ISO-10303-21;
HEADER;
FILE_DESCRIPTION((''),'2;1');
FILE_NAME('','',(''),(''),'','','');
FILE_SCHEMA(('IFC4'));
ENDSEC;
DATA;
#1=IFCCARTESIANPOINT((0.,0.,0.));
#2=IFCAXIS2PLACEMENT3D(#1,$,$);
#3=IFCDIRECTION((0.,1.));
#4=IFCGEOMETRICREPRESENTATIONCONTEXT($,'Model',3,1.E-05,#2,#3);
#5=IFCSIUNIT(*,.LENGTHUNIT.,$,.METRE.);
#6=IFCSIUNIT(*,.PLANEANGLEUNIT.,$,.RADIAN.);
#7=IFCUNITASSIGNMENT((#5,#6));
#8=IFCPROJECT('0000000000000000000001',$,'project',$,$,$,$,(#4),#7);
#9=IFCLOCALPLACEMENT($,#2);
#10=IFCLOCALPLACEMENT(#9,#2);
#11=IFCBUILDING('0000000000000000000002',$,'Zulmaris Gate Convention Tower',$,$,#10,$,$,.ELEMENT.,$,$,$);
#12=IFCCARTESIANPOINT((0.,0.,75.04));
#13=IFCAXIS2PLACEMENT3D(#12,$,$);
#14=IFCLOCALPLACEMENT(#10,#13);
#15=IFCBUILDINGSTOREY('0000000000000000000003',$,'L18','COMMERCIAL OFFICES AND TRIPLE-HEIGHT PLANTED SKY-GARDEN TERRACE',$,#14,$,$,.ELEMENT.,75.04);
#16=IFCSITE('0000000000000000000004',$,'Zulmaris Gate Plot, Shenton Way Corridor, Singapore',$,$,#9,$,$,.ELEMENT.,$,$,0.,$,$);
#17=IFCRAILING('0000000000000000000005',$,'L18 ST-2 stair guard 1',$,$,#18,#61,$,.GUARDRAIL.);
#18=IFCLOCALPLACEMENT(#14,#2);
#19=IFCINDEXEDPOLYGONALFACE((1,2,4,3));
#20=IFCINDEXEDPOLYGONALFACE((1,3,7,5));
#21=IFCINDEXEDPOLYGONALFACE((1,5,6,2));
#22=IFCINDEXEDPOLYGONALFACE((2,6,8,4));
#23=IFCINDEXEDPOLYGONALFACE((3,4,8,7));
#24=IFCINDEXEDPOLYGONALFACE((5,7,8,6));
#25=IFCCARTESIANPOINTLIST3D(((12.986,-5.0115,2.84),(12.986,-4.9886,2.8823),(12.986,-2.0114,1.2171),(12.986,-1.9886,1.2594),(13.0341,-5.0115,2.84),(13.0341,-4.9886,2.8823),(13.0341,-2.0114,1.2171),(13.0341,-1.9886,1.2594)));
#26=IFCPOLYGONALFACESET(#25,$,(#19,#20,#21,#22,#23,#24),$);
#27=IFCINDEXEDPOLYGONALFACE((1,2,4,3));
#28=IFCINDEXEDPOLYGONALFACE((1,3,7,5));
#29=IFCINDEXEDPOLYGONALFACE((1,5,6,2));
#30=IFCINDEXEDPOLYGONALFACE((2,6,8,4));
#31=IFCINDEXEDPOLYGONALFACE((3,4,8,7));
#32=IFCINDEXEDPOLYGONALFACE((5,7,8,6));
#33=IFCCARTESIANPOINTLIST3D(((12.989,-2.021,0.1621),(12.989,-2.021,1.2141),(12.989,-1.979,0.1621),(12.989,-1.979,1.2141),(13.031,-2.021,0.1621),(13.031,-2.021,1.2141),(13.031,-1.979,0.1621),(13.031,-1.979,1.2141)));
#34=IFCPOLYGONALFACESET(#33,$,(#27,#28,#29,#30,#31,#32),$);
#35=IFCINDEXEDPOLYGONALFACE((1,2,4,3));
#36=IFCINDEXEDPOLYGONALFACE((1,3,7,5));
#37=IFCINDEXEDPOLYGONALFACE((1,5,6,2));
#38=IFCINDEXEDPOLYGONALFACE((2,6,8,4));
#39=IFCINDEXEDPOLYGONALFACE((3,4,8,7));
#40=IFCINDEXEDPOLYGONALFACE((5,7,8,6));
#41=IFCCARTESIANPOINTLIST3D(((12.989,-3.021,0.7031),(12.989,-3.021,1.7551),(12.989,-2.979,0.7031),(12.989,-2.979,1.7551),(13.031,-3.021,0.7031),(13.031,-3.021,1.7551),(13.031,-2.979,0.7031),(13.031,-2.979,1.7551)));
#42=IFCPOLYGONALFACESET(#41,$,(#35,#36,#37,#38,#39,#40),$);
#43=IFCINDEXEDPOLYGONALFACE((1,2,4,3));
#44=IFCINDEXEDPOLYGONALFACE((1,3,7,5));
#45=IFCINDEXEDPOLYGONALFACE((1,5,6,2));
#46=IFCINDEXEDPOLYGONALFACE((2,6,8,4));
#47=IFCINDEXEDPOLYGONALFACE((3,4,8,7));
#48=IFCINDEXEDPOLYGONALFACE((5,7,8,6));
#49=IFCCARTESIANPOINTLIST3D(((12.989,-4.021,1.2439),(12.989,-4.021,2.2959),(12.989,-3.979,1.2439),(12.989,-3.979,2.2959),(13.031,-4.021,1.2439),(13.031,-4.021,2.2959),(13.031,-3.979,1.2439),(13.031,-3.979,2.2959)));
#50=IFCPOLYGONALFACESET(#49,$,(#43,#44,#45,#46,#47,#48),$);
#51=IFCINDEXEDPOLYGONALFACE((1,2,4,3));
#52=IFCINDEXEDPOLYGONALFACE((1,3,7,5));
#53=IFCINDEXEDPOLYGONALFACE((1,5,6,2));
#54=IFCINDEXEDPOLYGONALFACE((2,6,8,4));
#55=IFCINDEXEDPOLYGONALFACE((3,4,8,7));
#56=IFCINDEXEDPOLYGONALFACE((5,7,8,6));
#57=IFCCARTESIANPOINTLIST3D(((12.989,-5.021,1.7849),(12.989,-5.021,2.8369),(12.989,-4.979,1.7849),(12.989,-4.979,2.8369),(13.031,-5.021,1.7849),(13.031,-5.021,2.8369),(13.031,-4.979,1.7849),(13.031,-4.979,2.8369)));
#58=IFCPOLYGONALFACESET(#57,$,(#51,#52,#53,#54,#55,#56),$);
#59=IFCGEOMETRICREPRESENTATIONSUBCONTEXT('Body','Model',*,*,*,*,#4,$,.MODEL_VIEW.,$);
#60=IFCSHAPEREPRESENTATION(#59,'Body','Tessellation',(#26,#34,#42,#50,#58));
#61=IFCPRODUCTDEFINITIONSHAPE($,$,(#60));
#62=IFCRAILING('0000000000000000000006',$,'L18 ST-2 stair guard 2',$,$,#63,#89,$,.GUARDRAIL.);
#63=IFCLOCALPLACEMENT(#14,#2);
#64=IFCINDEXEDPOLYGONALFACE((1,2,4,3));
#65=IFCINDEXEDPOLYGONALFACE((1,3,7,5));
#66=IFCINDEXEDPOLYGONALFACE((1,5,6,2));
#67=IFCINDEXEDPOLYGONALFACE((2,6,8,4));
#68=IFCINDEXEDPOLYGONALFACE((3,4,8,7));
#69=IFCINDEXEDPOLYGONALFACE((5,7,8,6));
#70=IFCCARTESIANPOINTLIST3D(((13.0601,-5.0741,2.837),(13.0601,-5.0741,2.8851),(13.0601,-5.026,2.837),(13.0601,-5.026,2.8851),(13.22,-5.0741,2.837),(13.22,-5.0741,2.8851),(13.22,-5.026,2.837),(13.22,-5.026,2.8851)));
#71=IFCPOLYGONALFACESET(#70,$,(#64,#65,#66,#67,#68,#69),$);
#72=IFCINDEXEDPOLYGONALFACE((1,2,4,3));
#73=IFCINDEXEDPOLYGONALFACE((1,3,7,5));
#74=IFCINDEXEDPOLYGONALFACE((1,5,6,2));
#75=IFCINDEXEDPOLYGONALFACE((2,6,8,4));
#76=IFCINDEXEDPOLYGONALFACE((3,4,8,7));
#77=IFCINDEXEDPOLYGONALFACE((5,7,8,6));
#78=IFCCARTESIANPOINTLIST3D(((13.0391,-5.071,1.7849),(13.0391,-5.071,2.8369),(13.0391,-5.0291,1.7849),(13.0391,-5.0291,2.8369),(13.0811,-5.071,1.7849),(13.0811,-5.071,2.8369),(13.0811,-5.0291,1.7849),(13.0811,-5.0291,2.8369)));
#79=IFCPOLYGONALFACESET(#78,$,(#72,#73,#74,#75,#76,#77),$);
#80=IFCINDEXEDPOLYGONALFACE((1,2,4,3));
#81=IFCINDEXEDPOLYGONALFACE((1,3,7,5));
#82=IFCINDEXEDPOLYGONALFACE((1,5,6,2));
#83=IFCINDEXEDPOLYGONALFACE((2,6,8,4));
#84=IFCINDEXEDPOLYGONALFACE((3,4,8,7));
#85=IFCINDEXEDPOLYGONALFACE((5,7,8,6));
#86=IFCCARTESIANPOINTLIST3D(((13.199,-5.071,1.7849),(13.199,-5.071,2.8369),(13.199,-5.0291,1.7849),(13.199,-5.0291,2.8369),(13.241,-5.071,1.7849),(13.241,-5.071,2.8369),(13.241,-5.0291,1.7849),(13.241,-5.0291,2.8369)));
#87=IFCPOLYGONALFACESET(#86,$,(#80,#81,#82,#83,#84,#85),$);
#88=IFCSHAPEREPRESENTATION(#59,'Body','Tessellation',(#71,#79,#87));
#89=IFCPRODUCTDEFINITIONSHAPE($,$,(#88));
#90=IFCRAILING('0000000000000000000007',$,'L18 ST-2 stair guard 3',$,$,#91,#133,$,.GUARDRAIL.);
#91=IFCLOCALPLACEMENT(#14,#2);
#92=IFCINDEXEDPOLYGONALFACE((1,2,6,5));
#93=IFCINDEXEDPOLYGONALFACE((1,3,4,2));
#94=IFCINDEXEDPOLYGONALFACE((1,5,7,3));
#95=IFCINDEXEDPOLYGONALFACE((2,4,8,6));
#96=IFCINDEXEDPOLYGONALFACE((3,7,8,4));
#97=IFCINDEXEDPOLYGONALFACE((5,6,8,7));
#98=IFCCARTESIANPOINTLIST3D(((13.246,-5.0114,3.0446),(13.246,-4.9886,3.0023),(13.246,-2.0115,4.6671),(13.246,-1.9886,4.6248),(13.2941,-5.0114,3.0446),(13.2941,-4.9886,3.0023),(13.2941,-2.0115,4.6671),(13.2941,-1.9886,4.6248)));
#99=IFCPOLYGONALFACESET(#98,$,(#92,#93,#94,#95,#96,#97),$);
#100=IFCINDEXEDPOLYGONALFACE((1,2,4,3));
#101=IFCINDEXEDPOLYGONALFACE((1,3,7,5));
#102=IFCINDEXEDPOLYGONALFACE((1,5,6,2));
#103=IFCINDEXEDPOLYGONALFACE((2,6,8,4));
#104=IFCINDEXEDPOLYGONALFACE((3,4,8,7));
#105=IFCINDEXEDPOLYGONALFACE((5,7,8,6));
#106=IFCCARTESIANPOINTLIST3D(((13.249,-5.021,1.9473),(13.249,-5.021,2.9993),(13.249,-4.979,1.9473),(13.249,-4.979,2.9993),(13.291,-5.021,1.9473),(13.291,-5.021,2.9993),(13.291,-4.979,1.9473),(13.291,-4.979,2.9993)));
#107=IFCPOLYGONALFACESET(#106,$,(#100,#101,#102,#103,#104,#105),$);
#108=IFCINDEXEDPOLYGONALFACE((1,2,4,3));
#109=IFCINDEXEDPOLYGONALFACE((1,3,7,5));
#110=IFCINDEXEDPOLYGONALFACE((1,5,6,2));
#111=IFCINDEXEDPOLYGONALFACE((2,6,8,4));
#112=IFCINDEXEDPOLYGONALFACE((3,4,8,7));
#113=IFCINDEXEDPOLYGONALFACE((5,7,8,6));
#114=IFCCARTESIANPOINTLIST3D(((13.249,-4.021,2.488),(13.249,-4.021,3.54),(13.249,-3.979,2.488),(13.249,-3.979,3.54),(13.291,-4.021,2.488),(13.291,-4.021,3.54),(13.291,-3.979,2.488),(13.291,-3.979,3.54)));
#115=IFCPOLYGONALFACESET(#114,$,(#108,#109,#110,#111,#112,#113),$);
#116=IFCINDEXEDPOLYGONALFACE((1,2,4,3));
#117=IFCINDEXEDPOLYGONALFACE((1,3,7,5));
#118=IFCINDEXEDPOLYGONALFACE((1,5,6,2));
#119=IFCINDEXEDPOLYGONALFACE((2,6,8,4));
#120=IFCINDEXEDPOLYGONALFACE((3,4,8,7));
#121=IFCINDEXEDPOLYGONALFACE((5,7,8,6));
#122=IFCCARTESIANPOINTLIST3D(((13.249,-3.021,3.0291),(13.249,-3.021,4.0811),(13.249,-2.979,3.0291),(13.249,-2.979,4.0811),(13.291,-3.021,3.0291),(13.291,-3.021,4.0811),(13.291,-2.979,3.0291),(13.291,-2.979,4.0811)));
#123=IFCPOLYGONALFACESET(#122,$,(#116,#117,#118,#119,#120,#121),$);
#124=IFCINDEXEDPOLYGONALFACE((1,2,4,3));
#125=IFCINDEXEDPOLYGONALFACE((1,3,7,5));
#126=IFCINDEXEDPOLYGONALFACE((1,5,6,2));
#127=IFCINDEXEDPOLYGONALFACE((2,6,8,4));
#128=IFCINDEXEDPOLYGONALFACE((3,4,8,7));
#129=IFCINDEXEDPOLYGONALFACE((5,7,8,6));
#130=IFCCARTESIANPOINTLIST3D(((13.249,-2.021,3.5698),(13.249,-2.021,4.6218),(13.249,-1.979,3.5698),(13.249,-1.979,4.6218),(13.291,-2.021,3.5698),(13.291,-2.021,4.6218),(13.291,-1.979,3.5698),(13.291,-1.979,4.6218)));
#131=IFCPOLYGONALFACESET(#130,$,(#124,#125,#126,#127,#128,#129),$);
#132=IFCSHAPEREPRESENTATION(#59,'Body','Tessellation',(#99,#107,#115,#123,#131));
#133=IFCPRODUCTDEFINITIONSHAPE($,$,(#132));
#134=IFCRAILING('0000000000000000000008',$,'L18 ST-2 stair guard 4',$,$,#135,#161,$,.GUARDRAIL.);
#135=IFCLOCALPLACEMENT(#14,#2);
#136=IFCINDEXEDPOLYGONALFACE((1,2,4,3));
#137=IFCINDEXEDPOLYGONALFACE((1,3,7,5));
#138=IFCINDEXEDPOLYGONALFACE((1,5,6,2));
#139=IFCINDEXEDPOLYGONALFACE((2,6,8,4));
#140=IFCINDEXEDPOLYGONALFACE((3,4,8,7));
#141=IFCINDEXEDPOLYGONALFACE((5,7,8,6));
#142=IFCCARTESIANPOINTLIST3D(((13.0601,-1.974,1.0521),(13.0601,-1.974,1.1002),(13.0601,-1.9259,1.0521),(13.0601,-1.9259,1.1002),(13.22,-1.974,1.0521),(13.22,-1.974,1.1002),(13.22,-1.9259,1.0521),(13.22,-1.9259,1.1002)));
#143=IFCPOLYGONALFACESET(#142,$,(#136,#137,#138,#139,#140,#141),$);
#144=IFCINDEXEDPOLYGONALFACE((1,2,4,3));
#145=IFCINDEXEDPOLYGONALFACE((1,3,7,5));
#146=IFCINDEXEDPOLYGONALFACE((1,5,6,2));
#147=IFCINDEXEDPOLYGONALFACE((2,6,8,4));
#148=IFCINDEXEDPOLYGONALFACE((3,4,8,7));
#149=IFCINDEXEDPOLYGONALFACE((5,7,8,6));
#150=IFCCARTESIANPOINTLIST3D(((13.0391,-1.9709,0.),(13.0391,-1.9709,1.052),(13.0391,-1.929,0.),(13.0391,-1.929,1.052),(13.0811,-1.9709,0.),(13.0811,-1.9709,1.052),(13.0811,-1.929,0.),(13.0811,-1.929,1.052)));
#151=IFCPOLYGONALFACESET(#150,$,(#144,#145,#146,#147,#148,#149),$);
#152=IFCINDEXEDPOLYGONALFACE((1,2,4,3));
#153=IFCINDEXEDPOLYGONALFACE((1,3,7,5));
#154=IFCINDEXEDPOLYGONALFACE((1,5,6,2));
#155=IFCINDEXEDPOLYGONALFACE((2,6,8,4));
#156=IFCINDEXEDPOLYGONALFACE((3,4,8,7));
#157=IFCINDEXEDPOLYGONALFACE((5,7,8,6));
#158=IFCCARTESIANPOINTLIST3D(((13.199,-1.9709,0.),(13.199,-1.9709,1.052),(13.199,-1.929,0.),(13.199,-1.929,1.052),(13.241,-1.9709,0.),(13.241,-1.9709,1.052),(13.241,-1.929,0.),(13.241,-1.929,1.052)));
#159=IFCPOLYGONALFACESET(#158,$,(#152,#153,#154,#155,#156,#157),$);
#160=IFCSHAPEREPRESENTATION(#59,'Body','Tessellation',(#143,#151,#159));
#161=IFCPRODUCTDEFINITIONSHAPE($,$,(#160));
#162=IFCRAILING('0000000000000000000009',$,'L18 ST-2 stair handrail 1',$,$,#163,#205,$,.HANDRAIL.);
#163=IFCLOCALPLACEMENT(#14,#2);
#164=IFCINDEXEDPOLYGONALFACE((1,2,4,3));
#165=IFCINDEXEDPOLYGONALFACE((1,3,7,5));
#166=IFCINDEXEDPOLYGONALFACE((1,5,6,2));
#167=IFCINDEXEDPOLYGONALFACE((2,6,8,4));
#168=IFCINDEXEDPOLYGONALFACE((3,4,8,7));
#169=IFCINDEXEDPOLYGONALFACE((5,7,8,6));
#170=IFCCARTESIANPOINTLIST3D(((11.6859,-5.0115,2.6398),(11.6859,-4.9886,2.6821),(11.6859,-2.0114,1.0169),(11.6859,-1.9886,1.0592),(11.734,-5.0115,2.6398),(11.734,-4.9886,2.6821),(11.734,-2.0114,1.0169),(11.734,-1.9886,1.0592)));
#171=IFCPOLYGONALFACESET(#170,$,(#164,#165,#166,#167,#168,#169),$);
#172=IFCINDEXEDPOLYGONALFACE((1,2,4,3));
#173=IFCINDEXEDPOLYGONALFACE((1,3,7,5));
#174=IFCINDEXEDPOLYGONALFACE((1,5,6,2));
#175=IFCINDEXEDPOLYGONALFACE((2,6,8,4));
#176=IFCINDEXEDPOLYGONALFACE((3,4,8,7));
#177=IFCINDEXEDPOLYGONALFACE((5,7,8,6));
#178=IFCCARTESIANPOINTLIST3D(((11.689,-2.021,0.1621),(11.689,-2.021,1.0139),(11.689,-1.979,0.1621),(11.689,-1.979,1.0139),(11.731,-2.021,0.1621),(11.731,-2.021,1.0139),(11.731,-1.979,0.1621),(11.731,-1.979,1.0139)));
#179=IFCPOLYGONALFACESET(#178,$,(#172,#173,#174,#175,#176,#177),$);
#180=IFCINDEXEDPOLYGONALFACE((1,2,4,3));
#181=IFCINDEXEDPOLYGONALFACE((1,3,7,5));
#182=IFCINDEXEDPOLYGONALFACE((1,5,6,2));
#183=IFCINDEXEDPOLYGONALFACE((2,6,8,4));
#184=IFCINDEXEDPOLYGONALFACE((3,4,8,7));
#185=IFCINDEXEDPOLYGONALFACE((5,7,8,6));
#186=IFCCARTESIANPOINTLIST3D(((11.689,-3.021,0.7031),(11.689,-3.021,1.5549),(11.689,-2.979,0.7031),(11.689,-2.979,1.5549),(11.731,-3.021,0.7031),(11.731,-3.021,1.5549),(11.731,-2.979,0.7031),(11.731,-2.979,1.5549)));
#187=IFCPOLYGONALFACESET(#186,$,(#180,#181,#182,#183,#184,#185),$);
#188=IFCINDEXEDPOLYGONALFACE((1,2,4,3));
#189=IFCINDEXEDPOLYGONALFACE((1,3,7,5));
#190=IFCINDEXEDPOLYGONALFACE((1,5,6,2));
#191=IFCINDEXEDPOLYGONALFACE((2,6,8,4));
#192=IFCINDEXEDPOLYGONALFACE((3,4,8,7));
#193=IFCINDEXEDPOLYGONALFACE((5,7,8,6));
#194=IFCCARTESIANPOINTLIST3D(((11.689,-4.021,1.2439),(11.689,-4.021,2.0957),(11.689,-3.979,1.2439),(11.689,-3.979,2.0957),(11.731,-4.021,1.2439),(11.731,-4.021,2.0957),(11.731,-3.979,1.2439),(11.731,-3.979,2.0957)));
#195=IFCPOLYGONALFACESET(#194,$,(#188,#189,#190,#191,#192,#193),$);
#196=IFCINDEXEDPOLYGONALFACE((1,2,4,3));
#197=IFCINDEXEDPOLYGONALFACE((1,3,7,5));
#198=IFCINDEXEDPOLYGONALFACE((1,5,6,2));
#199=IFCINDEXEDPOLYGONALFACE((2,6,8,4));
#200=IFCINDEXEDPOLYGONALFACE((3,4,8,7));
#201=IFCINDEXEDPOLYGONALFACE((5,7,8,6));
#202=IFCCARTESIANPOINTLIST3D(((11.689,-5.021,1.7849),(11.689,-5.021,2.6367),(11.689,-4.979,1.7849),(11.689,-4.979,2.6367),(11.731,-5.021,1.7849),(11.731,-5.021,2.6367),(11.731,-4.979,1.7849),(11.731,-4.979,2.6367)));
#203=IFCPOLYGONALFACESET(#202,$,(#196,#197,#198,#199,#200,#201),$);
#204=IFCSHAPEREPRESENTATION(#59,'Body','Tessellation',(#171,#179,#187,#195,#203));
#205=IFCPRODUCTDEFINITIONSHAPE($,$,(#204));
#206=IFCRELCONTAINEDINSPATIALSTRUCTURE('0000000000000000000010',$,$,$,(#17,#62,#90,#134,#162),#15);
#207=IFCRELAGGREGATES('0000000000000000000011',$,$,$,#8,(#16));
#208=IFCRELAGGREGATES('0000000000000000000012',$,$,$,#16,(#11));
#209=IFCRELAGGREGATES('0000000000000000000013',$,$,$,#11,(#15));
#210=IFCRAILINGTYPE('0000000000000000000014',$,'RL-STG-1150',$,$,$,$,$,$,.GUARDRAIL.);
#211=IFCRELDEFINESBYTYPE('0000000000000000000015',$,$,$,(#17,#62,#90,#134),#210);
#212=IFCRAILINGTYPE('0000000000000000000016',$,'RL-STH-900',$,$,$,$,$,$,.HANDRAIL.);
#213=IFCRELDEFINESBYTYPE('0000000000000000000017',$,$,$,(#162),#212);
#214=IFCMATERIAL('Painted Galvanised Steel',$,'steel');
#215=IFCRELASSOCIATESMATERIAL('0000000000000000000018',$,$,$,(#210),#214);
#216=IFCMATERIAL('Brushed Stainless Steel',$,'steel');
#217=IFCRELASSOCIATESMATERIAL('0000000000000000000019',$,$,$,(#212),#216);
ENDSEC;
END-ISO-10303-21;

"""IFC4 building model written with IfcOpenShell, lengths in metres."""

from ifc_helpers import new_model, si_unit, direction, frame, origin, origin_2d, place, context, subcontext, project, spatial, rectangle, extrude, material, type_object, element, save


model = new_model("IFC4")

# Units and contexts
model_context = context("Model", 3, precision=1e-05, world=origin(), true_north=direction((0.0, 1.0)))
body_context = subcontext(model_context, "Body", "Model", "MODEL_VIEW")
ifc_project = project(units=[si_unit("LENGTHUNIT", "METRE"), si_unit("PLANEANGLEUNIT", "RADIAN")], contexts=[model_context])

# Site, building, storey
site_placement = place(None, origin())
site = spatial("IfcSite", under=ifc_project, at=site_placement, Name="Zulmaris Gate Plot, Shenton Way Corridor, Singapore", CompositionType="ELEMENT", RefElevation=0.0)
building_placement = place(site_placement, origin())
building = spatial("IfcBuilding", under=site, at=building_placement, Name="Zulmaris Gate Convention Tower", CompositionType="ELEMENT")
storey_placement = place(building_placement, frame((0.0, 0.0, 75.04)))
storey = spatial("IfcBuildingStorey", under=building, at=storey_placement, Name="L18", Description="COMMERCIAL OFFICES AND TRIPLE-HEIGHT PLANTED SKY-GARDEN TERRACE", CompositionType="ELEMENT", Elevation=75.04)

# Railings
ifc_material_1 = material(Name="Painted Galvanised Steel", Category="steel")
railing_type_1 = type_object("IfcRailingType", Name="RL-STG-1150", PredefinedType="GUARDRAIL", material=ifc_material_1)
railing_1_placement = place(storey_placement, frame((13.01, -2.0, 0.1621)))
element("IfcRailing", 1, at=railing_1_placement, inside=storey, type_object=railing_type_1, Name="L18 ST-2 stair guard 1", PredefinedType="GUARDRAIL", context=body_context, shape_type="SweptSolid", body=[
    extrude(rectangle(XDim=0.0481, YDim=0.0481, at=origin_2d()), frame((0.0, 0.0, 1.0762), z_axis=(0.0, -0.879562, 0.475785), x_axis=(1.0, 0.0, 0.0)), (0.0, 0.0, 1.0), 3.4109),
    extrude(rectangle(XDim=0.042, YDim=0.042, at=origin_2d()), origin(), (0.0, 0.0, 1.0), 1.052),
    extrude(rectangle(XDim=0.042, YDim=0.042, at=origin_2d()), frame((0.0, -1.0, 0.541)), (0.0, 0.0, 1.0), 1.052),
    extrude(rectangle(XDim=0.042, YDim=0.042, at=origin_2d()), frame((0.0, -2.0, 1.0818)), (0.0, 0.0, 1.0), 1.052),
    extrude(rectangle(XDim=0.042, YDim=0.042, at=origin_2d()), frame((0.0, -3.0, 1.6228)), (0.0, 0.0, 1.0), 1.052),
])
railing_2_placement = place(storey_placement, frame((13.0601, -5.05, 1.7849)))
element("IfcRailing", 2, at=railing_2_placement, inside=storey, type_object=railing_type_1, Name="L18 ST-2 stair guard 2", PredefinedType="GUARDRAIL", context=body_context, shape_type="SweptSolid", body=[
    extrude(rectangle(XDim=0.0481, YDim=0.0481, at=origin_2d()), frame((0.0, 0.0, 1.0762), z_axis=(1.0, 0.0, 0.0), x_axis=(0.0, 1.0, 0.0)), (0.0, 0.0, 1.0), 0.1599),
    extrude(rectangle(XDim=0.042, YDim=0.042, at=origin_2d()), origin(), (0.0, 0.0, 1.0), 1.052),
    extrude(rectangle(XDim=0.042, YDim=0.042, at=origin_2d()), frame((0.1599, 0.0, 0.0)), (0.0, 0.0, 1.0), 1.052),
])
railing_3_placement = place(storey_placement, frame((13.27, -5.0, 1.9473)))
element("IfcRailing", 3, at=railing_3_placement, inside=storey, type_object=railing_type_1, Name="L18 ST-2 stair guard 3", PredefinedType="GUARDRAIL", context=body_context, shape_type="SweptSolid", body=[
    extrude(rectangle(XDim=0.0481, YDim=0.0481, at=origin_2d()), frame((0.0, 0.0, 1.0762), z_axis=(0.0, 0.879592, 0.47573), x_axis=(-1.0, 0.0, 0.0)), (0.0, 0.0, 1.0), 3.4106),
    extrude(rectangle(XDim=0.042, YDim=0.042, at=origin_2d()), origin(), (0.0, 0.0, 1.0), 1.052),
    extrude(rectangle(XDim=0.042, YDim=0.042, at=origin_2d()), frame((0.0, 1.0, 0.5408)), (0.0, 0.0, 1.0), 1.052),
    extrude(rectangle(XDim=0.042, YDim=0.042, at=origin_2d()), frame((0.0, 2.0, 1.0818)), (0.0, 0.0, 1.0), 1.052),
    extrude(rectangle(XDim=0.042, YDim=0.042, at=origin_2d()), frame((0.0, 3.0, 1.6226)), (0.0, 0.0, 1.0), 1.052),
])
railing_4_placement = place(storey_placement, frame((13.0601, -1.95, 0.0)))
element("IfcRailing", 4, at=railing_4_placement, inside=storey, type_object=railing_type_1, Name="L18 ST-2 stair guard 4", PredefinedType="GUARDRAIL", context=body_context, shape_type="SweptSolid", body=[
    extrude(rectangle(XDim=0.0481, YDim=0.0481, at=origin_2d()), frame((0.0, 0.0, 1.0762), z_axis=(1.0, 0.0, 0.0), x_axis=(0.0, 1.0, 0.0)), (0.0, 0.0, 1.0), 0.1599),
    extrude(rectangle(XDim=0.042, YDim=0.042, at=origin_2d()), origin(), (0.0, 0.0, 1.0), 1.052),
    extrude(rectangle(XDim=0.042, YDim=0.042, at=origin_2d()), frame((0.1599, 0.0, 0.0)), (0.0, 0.0, 1.0), 1.052),
])
ifc_material_2 = material(Name="Brushed Stainless Steel", Category="steel")
railing_type_2 = type_object("IfcRailingType", Name="RL-STH-900", PredefinedType="HANDRAIL", material=ifc_material_2)
railing_5_placement = place(storey_placement, frame((11.71, -2.0, 0.1621)))
element("IfcRailing", 5, at=railing_5_placement, inside=storey, type_object=railing_type_2, Name="L18 ST-2 stair handrail 1", PredefinedType="HANDRAIL", context=body_context, shape_type="SweptSolid", body=[
    extrude(rectangle(XDim=0.0481, YDim=0.0481, at=origin_2d()), frame((0.0, 0.0, 0.876), z_axis=(0.0, -0.879562, 0.475785), x_axis=(1.0, 0.0, 0.0)), (0.0, 0.0, 1.0), 3.4109),
    extrude(rectangle(XDim=0.042, YDim=0.042, at=origin_2d()), origin(), (0.0, 0.0, 1.0), 0.8518),
    extrude(rectangle(XDim=0.042, YDim=0.042, at=origin_2d()), frame((0.0, -1.0, 0.541)), (0.0, 0.0, 1.0), 0.8518),
    extrude(rectangle(XDim=0.042, YDim=0.042, at=origin_2d()), frame((0.0, -2.0, 1.0818)), (0.0, 0.0, 1.0), 0.8518),
    extrude(rectangle(XDim=0.042, YDim=0.042, at=origin_2d()), frame((0.0, -3.0, 1.6228)), (0.0, 0.0, 1.0), 0.8518),
])

save(model, "model.ifc")
